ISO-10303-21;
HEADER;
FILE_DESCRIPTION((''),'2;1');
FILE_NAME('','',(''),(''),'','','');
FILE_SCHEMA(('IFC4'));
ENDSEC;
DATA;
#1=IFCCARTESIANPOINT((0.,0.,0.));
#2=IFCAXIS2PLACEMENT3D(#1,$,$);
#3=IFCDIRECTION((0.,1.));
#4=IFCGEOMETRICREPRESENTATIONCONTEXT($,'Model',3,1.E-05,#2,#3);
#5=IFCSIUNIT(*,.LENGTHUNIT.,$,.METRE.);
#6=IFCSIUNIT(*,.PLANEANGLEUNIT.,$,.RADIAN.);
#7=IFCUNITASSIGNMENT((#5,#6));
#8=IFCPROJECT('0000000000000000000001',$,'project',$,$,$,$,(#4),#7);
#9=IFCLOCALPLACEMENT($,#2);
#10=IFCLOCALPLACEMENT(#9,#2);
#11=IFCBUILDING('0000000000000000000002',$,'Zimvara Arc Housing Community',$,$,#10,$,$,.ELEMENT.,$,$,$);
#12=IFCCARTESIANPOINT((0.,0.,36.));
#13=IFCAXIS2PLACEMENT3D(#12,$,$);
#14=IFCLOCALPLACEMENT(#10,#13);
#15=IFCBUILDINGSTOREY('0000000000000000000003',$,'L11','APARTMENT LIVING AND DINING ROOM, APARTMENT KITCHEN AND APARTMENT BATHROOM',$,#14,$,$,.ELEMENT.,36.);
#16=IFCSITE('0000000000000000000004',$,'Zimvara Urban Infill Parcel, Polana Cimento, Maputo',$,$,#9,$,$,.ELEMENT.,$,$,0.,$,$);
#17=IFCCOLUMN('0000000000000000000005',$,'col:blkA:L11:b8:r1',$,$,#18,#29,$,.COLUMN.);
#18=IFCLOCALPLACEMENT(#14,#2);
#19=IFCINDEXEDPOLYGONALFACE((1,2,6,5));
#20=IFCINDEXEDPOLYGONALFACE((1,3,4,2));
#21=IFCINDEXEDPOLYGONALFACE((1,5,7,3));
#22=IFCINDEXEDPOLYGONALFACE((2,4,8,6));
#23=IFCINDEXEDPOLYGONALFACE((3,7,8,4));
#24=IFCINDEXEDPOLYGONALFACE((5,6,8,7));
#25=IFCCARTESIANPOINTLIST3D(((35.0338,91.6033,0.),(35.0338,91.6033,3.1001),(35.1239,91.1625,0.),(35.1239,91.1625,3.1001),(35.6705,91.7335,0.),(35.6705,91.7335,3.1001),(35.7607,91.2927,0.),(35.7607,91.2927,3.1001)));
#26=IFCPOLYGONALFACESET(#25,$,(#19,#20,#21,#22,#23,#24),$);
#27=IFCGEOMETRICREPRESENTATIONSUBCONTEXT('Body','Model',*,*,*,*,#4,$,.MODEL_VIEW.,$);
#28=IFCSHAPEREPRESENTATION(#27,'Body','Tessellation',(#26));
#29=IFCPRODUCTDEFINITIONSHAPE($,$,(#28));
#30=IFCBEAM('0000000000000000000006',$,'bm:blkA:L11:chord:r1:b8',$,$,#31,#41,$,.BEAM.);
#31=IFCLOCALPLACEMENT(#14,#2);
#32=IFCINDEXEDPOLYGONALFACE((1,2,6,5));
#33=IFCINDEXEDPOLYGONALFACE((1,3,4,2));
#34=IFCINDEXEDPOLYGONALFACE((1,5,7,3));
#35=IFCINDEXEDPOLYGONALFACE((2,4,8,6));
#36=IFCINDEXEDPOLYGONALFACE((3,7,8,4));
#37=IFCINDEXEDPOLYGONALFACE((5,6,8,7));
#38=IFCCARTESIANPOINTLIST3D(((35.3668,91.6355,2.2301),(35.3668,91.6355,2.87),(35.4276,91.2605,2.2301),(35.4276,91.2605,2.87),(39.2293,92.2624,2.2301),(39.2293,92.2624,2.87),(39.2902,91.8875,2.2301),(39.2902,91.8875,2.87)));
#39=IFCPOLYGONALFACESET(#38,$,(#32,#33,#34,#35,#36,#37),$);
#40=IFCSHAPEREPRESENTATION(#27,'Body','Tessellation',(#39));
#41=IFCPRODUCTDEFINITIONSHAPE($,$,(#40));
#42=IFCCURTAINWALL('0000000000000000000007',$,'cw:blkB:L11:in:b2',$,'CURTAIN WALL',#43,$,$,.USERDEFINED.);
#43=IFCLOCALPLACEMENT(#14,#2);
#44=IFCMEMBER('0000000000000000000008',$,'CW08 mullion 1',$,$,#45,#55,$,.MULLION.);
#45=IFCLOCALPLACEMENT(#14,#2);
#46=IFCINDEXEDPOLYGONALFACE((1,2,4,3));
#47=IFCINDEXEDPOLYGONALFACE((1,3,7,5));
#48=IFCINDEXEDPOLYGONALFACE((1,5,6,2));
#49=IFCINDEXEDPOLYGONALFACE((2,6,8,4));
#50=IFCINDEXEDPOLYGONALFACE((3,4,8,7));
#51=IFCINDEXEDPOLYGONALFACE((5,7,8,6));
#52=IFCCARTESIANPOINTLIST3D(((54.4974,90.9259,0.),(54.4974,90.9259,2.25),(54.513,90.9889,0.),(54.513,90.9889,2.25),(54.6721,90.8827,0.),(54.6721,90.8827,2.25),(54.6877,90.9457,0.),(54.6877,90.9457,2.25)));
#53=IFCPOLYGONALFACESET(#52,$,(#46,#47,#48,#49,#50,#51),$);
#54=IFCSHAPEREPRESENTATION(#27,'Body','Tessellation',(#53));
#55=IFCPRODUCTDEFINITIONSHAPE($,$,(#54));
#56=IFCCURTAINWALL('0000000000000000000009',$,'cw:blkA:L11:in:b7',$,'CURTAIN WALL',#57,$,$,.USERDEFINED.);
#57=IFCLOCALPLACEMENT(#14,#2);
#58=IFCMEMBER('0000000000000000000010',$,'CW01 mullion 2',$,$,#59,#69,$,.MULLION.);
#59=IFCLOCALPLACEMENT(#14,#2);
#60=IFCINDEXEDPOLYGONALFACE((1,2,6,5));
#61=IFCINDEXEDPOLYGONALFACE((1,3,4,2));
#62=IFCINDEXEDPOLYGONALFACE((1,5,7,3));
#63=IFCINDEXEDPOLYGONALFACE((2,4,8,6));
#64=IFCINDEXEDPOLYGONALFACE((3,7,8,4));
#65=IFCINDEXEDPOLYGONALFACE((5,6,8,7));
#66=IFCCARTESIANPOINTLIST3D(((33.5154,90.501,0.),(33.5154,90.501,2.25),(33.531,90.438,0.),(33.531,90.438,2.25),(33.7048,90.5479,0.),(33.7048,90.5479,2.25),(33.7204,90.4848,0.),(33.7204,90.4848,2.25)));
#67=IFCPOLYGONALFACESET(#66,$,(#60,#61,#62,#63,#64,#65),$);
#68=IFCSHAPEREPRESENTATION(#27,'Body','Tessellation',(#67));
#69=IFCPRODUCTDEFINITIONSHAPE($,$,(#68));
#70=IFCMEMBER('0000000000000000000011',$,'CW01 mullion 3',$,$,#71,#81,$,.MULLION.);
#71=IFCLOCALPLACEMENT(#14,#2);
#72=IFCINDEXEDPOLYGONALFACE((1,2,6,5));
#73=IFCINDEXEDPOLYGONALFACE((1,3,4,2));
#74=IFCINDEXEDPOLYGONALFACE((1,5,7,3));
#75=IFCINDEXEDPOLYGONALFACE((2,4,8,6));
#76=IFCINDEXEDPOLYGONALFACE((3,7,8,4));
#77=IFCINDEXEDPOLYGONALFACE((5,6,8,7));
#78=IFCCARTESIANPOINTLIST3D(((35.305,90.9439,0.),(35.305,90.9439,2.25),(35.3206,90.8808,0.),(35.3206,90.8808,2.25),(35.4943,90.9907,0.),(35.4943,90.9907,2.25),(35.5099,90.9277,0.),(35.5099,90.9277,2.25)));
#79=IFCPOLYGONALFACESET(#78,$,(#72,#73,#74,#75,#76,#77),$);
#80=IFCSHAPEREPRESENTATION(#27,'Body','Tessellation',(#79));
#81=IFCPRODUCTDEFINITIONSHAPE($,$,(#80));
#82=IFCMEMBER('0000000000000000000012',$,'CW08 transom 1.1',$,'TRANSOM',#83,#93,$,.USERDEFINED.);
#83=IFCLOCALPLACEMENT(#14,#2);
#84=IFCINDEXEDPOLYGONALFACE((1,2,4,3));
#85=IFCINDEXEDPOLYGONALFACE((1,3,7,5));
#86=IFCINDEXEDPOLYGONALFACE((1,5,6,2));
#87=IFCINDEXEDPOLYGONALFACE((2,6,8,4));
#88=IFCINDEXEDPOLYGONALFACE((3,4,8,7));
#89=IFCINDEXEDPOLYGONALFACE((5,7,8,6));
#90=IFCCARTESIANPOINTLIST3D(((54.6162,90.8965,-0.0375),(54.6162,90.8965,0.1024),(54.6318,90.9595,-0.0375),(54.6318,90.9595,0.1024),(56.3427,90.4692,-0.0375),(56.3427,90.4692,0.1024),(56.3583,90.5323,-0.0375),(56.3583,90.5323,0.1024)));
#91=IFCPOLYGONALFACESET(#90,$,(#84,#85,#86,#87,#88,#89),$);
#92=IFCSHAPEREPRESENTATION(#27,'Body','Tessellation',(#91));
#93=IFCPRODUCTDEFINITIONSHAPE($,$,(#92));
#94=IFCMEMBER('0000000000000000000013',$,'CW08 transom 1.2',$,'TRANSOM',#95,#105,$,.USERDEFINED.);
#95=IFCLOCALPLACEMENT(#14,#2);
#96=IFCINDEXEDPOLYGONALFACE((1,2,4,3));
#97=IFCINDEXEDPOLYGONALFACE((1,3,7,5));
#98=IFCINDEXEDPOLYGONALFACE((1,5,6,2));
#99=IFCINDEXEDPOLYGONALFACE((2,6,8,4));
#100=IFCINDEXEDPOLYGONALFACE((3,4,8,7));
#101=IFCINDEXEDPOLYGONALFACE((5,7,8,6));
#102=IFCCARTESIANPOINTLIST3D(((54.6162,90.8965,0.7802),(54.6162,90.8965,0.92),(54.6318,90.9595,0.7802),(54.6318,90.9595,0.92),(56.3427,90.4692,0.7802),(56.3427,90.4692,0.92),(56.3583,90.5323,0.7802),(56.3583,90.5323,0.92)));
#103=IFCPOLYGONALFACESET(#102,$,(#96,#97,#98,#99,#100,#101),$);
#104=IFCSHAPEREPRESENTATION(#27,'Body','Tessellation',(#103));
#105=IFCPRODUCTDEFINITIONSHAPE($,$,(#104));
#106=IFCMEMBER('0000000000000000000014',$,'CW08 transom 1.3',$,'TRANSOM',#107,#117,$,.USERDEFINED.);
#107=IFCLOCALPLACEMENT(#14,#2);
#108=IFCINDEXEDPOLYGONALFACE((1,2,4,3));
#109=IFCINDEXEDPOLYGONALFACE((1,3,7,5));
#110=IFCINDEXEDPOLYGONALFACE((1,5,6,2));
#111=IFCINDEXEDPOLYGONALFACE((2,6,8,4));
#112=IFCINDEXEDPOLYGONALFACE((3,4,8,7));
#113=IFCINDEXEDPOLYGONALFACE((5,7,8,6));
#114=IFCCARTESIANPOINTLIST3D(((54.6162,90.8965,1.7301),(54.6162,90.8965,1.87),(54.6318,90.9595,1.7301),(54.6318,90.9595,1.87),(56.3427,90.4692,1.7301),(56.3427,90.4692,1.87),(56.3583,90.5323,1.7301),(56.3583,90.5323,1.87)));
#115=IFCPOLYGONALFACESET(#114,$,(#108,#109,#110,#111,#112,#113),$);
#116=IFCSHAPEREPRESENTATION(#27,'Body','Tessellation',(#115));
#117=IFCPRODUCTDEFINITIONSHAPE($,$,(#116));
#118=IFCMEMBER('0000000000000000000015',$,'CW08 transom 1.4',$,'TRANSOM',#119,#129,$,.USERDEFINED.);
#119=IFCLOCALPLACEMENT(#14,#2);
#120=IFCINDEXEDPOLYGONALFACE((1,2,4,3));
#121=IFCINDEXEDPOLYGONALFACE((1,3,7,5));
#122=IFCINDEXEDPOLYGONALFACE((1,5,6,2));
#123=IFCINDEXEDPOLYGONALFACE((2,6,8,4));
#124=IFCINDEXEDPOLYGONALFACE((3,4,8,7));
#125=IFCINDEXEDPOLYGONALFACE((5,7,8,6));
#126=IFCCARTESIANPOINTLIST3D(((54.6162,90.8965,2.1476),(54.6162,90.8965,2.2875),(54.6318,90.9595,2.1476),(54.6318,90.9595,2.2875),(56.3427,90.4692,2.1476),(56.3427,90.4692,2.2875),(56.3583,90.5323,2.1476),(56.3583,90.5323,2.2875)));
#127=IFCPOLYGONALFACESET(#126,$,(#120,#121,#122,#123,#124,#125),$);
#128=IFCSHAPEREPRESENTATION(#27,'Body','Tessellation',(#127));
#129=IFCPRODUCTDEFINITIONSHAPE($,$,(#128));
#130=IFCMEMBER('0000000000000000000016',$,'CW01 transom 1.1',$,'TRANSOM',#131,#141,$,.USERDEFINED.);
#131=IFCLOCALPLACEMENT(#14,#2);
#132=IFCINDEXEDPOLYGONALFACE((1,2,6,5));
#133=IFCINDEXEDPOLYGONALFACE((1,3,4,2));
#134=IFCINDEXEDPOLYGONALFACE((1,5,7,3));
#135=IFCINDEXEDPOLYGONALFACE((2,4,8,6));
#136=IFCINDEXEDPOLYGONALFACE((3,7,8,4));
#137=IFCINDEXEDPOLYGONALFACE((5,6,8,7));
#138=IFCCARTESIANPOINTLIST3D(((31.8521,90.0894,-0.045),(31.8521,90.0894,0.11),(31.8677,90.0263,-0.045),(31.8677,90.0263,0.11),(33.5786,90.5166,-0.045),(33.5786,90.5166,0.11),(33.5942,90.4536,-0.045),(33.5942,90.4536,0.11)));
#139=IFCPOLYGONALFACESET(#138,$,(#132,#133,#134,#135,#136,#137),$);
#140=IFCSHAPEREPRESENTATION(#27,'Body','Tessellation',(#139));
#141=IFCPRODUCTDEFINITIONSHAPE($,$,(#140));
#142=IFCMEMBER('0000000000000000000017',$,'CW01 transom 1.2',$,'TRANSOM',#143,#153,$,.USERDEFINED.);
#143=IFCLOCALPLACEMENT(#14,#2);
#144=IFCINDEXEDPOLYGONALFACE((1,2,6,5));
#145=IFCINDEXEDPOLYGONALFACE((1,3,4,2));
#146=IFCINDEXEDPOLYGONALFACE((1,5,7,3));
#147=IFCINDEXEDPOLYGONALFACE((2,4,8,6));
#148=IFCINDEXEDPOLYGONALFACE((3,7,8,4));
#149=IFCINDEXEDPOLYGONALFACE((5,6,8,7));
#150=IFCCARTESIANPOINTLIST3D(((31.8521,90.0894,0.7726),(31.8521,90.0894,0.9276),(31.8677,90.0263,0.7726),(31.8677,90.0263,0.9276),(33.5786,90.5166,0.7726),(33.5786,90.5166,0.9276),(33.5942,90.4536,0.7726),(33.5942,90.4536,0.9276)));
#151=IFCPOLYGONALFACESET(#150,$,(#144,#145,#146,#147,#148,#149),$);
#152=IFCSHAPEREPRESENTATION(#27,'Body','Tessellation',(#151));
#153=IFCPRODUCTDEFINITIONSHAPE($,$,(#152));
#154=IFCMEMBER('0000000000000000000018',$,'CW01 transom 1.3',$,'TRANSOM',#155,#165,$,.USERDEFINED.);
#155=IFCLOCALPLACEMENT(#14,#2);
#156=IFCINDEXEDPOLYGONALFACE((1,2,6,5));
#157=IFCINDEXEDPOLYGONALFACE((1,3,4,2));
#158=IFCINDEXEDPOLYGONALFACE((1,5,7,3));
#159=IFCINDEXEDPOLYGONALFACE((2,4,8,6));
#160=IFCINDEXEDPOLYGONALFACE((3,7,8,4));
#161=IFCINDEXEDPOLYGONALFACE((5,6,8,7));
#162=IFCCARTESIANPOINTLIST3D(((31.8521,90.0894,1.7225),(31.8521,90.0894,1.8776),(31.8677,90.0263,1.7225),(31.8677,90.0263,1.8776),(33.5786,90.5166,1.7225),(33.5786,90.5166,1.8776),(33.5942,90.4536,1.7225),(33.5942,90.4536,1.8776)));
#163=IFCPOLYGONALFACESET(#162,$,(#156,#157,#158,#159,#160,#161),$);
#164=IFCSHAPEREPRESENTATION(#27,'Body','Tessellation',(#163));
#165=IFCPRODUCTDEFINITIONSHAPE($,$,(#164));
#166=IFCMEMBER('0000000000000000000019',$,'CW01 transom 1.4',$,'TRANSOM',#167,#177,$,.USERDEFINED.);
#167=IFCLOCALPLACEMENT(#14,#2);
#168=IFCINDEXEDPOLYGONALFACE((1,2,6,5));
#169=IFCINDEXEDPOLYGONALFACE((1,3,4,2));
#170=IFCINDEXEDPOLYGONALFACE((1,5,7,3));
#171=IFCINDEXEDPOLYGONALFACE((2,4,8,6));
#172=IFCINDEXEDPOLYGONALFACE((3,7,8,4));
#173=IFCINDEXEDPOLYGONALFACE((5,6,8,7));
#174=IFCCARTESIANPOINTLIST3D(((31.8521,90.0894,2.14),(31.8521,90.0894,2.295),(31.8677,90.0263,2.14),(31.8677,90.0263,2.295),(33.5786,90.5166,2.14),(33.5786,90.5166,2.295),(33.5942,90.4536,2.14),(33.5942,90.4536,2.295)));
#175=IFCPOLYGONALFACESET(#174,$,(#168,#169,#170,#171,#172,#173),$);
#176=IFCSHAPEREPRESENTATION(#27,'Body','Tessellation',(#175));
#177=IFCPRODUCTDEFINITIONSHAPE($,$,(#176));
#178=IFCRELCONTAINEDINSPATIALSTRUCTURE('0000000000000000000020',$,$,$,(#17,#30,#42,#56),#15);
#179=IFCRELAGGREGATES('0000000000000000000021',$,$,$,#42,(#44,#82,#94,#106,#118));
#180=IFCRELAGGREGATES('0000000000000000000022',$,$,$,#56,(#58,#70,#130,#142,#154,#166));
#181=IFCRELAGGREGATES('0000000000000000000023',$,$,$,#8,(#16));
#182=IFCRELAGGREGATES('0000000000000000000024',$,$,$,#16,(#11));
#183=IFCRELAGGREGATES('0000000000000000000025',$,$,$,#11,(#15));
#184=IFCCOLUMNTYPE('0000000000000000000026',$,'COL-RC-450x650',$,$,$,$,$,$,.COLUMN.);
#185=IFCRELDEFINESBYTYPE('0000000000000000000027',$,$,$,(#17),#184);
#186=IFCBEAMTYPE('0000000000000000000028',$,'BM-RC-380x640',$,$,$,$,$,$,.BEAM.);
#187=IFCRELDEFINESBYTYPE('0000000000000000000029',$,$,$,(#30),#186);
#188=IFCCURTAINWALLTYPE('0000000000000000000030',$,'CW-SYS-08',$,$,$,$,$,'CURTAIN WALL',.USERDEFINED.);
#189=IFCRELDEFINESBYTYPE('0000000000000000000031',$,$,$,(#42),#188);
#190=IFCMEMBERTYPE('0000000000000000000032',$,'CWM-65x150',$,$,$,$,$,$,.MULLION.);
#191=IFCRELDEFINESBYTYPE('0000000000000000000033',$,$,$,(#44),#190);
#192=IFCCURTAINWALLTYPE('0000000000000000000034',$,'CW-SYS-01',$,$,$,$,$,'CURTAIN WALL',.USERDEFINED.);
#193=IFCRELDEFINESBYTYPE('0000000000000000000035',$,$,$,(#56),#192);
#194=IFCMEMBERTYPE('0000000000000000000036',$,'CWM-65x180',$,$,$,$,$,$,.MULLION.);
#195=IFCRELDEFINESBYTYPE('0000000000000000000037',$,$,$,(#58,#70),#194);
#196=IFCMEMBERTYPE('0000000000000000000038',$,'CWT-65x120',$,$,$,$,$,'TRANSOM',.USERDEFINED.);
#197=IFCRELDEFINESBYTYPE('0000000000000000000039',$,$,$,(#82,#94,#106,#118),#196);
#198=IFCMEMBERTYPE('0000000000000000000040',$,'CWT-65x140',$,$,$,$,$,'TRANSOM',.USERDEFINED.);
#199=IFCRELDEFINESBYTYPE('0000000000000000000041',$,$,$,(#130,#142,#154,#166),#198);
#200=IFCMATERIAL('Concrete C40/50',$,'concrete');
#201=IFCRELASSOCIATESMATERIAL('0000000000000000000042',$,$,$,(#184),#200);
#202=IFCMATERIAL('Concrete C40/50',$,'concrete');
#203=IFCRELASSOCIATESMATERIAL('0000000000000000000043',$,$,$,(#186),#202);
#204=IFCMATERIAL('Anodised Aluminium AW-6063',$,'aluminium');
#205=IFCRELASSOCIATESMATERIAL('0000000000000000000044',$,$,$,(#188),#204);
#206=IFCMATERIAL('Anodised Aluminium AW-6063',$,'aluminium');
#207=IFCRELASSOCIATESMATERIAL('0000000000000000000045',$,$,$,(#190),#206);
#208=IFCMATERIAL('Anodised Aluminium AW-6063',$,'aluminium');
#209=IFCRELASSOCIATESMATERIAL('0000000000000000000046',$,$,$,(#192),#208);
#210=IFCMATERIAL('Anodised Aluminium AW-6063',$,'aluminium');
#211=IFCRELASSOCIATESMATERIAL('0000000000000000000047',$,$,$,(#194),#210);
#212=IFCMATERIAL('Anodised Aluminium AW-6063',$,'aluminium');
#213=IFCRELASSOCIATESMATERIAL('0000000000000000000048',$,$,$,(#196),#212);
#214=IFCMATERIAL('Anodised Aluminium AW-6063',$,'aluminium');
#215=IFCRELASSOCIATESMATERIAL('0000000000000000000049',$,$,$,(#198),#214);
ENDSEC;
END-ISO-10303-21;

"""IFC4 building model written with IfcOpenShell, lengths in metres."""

from ifc_helpers import new_model, si_unit, direction, frame, origin, origin_2d, place, context, subcontext, project, spatial, rectangle, extrude, material, material_profile, profile_set, type_object, element, aggregate, save


model = new_model("IFC4")

# Units and contexts
model_context = context("Model", 3, precision=1e-05, world=origin(), true_north=direction((0.0, 1.0)))
body_context = subcontext(model_context, "Body", "Model", "MODEL_VIEW")
ifc_project = project(units=[si_unit("LENGTHUNIT", "METRE"), si_unit("PLANEANGLEUNIT", "RADIAN")], contexts=[model_context])

# Site, building, storey
site_placement = place(None, origin())
site = spatial("IfcSite", under=ifc_project, at=site_placement, Name="Zimvara Urban Infill Parcel, Polana Cimento, Maputo", CompositionType="ELEMENT", RefElevation=0.0)
building_placement = place(site_placement, origin())
building = spatial("IfcBuilding", under=site, at=building_placement, Name="Zimvara Arc Housing Community", CompositionType="ELEMENT")
storey_placement = place(building_placement, frame((0.0, 0.0, 36.0)))
storey = spatial("IfcBuildingStorey", under=building, at=storey_placement, Name="L11", Description="APARTMENT LIVING AND DINING ROOM, APARTMENT KITCHEN AND APARTMENT BATHROOM", CompositionType="ELEMENT", Elevation=36.0)

# Column
ifc_material_1 = material(Name="Concrete C40/50", Category="concrete")
ifc_material_profile_1 = material_profile(ifc_material_1, rectangle(XDim=0.45, YDim=0.6499, at=origin_2d()), Name="RC 450x650")
ifc_profile_set_1 = profile_set([ifc_material_profile_1], Name="Concrete C40/50")
column_type = type_object("IfcColumnType", Name="COL-RC-450x650", PredefinedType="COLUMN", material=ifc_profile_set_1)
column_placement = place(storey_placement, frame((35.3972, 91.448, 0.0), z_axis=(0.0, 0.0, 1.0), x_axis=(-0.200394, 0.979715, 0.0)))
element("IfcColumn", 1, at=column_placement, inside=storey, type_object=column_type, Name="col:blkA:L11:b8:r1", PredefinedType="COLUMN", context=body_context, shape_type="SweptSolid", body=[
    extrude(rectangle(XDim=0.45, YDim=0.6499, at=origin_2d()), origin(), (0.0, 0.0, 1.0), 3.1001),
])

# Beam
ifc_material_2 = material(Name="Concrete C40/50", Category="concrete")
ifc_material_profile_2 = material_profile(ifc_material_2, rectangle(XDim=0.3799, YDim=0.6399, at=origin_2d()), Name="RC 380x640")
ifc_profile_set_2 = profile_set([ifc_material_profile_2], Name="Concrete C40/50")
beam_type = type_object("IfcBeamType", Name="BM-RC-380x640", PredefinedType="BEAM", material=ifc_profile_set_2)
beam_placement = place(storey_placement, frame((35.3972, 91.448, 2.55), z_axis=(0.987081, 0.160219, 0.0), x_axis=(-0.160219, 0.987081, 0.0)))
element("IfcBeam", 2, at=beam_placement, inside=storey, type_object=beam_type, Name="bm:blkA:L11:chord:r1:b8", PredefinedType="BEAM", context=body_context, shape_type="SweptSolid", body=[
    extrude(rectangle(XDim=0.3799, YDim=0.6399, at=origin_2d()), origin(), (0.0, 0.0, 1.0), 3.9131),
])

# Curtain wall, member
ifc_material_3 = material(Name="Anodised Aluminium AW-6063", Category="aluminium")
curtain_wall_type_1 = type_object("IfcCurtainWallType", Name="CW-SYS-08", ElementType="CURTAIN WALL", PredefinedType="USERDEFINED", material=ifc_material_3)
curtain_wall_1_placement = place(storey_placement, origin())
curtain_wall_1 = element("IfcCurtainWall", 3, at=curtain_wall_1_placement, inside=storey, type_object=curtain_wall_type_1, Name="cw:blkB:L11:in:b2", ObjectType="CURTAIN WALL", PredefinedType="USERDEFINED")
ifc_material_4 = material(Name="Anodised Aluminium AW-6063", Category="aluminium")
ifc_material_profile_3 = material_profile(ifc_material_4, rectangle(XDim=0.0649, YDim=0.1799, at=origin_2d()), Name="ALU 65x180")
ifc_profile_set_3 = profile_set([ifc_material_profile_3], Name="Anodised Aluminium AW-6063")
member_type_1 = type_object("IfcMemberType", Name="CWM-65x150", PredefinedType="MULLION", material=ifc_profile_set_3)
member_1_placement = place(storey_placement, frame((54.5925, 90.9358, 0.0), z_axis=(0.0, 0.0, 1.0), x_axis=(0.240229, 0.970716, 0.0)))
member_1 = element("IfcMember", 4, at=member_1_placement, type_object=member_type_1, Name="CW08 mullion 1", PredefinedType="MULLION", context=body_context, shape_type="SweptSolid", body=[
    extrude(rectangle(XDim=0.0649, YDim=0.1799, at=origin_2d()), origin(), (0.0, 0.0, 1.0), 2.25),
])

# Curtain wall, members
ifc_material_5 = material(Name="Anodised Aluminium AW-6063", Category="aluminium")
curtain_wall_type_2 = type_object("IfcCurtainWallType", Name="CW-SYS-01", ElementType="CURTAIN WALL", PredefinedType="USERDEFINED", material=ifc_material_5)
curtain_wall_2_placement = place(storey_placement, origin())
curtain_wall_2 = element("IfcCurtainWall", 5, at=curtain_wall_2_placement, inside=storey, type_object=curtain_wall_type_2, Name="cw:blkA:L11:in:b7", ObjectType="CURTAIN WALL", PredefinedType="USERDEFINED")
ifc_material_6 = material(Name="Anodised Aluminium AW-6063", Category="aluminium")
ifc_material_profile_4 = material_profile(ifc_material_6, rectangle(XDim=0.0649, YDim=0.1951, at=origin_2d()), Name="ALU 65x195")
ifc_profile_set_4 = profile_set([ifc_material_profile_4], Name="Anodised Aluminium AW-6063")
member_type_2 = type_object("IfcMemberType", Name="CWM-65x180", PredefinedType="MULLION", material=ifc_profile_set_4)
member_2_placement = place(storey_placement, frame((33.6179, 90.4929, 0.0), z_axis=(0.0, 0.0, 1.0), x_axis=(-0.240229, 0.970716, 0.0)))
member_2 = element("IfcMember", 6, at=member_2_placement, type_object=member_type_2, Name="CW01 mullion 2", PredefinedType="MULLION", context=body_context, shape_type="SweptSolid", body=[
    extrude(rectangle(XDim=0.0649, YDim=0.1951, at=origin_2d()), origin(), (0.0, 0.0, 1.0), 2.25),
])
member_3_placement = place(storey_placement, frame((35.4075, 90.9358, 0.0), z_axis=(0.0, 0.0, 1.0), x_axis=(-0.240229, 0.970716, 0.0)))
member_3 = element("IfcMember", 7, at=member_3_placement, type_object=member_type_2, Name="CW01 mullion 3", PredefinedType="MULLION", context=body_context, shape_type="SweptSolid", body=[
    extrude(rectangle(XDim=0.0649, YDim=0.1951, at=origin_2d()), origin(), (0.0, 0.0, 1.0), 2.25),
])

# Members
ifc_material_7 = material(Name="Anodised Aluminium AW-6063", Category="aluminium")
ifc_material_profile_5 = material_profile(ifc_material_7, rectangle(XDim=0.0649, YDim=0.1399, at=origin_2d()), Name="ALU 65x140")
ifc_profile_set_5 = profile_set([ifc_material_profile_5], Name="Anodised Aluminium AW-6063")
member_type_3 = type_object("IfcMemberType", Name="CWT-65x120", ElementType="TRANSOM", PredefinedType="USERDEFINED", material=ifc_profile_set_5)
member_4_placement = place(storey_placement, frame((54.624, 90.928, 0.0325), z_axis=(0.970721, -0.24021, 0.0), x_axis=(0.24021, 0.970721, 0.0)))
member_4 = element("IfcMember", 8, at=member_4_placement, type_object=member_type_3, Name="CW08 transom 1.1", ObjectType="TRANSOM", PredefinedType="USERDEFINED", context=body_context, shape_type="SweptSolid", body=[
    extrude(rectangle(XDim=0.0649, YDim=0.1399, at=origin_2d()), origin(), (0.0, 0.0, 1.0), 1.7786),
])
member_5_placement = place(storey_placement, frame((54.624, 90.928, 0.8501), z_axis=(0.970721, -0.24021, 0.0), x_axis=(0.24021, 0.970721, 0.0)))
member_5 = element("IfcMember", 9, at=member_5_placement, type_object=member_type_3, Name="CW08 transom 1.2", ObjectType="TRANSOM", PredefinedType="USERDEFINED", context=body_context, shape_type="SweptSolid", body=[
    extrude(rectangle(XDim=0.0649, YDim=0.1399, at=origin_2d()), origin(), (0.0, 0.0, 1.0), 1.7786),
])
member_6_placement = place(storey_placement, frame((54.624, 90.928, 1.8), z_axis=(0.970721, -0.24021, 0.0), x_axis=(0.24021, 0.970721, 0.0)))
member_6 = element("IfcMember", 10, at=member_6_placement, type_object=member_type_3, Name="CW08 transom 1.3", ObjectType="TRANSOM", PredefinedType="USERDEFINED", context=body_context, shape_type="SweptSolid", body=[
    extrude(rectangle(XDim=0.0649, YDim=0.1399, at=origin_2d()), origin(), (0.0, 0.0, 1.0), 1.7786),
])
member_7_placement = place(storey_placement, frame((54.624, 90.928, 2.2175), z_axis=(0.970721, -0.24021, 0.0), x_axis=(0.24021, 0.970721, 0.0)))
member_7 = element("IfcMember", 11, at=member_7_placement, type_object=member_type_3, Name="CW08 transom 1.4", ObjectType="TRANSOM", PredefinedType="USERDEFINED", context=body_context, shape_type="SweptSolid", body=[
    extrude(rectangle(XDim=0.0649, YDim=0.1399, at=origin_2d()), origin(), (0.0, 0.0, 1.0), 1.7786),
])
ifc_material_8 = material(Name="Anodised Aluminium AW-6063", Category="aluminium")
ifc_material_profile_6 = material_profile(ifc_material_8, rectangle(XDim=0.0649, YDim=0.155, at=origin_2d()), Name="ALU 65x155")
ifc_profile_set_6 = profile_set([ifc_material_profile_6], Name="Anodised Aluminium AW-6063")
member_type_4 = type_object("IfcMemberType", Name="CWT-65x140", ElementType="TRANSOM", PredefinedType="USERDEFINED", material=ifc_profile_set_6)
member_8_placement = place(storey_placement, frame((31.8599, 90.0579, 0.0325), z_axis=(0.970721, 0.24021, 0.0), x_axis=(-0.24021, 0.970721, 0.0)))
member_8 = element("IfcMember", 12, at=member_8_placement, type_object=member_type_4, Name="CW01 transom 1.1", ObjectType="TRANSOM", PredefinedType="USERDEFINED", context=body_context, shape_type="SweptSolid", body=[
    extrude(rectangle(XDim=0.0649, YDim=0.155, at=origin_2d()), origin(), (0.0, 0.0, 1.0), 1.7786),
])
member_9_placement = place(storey_placement, frame((31.8599, 90.0579, 0.8501), z_axis=(0.970721, 0.24021, 0.0), x_axis=(-0.24021, 0.970721, 0.0)))
member_9 = element("IfcMember", 13, at=member_9_placement, type_object=member_type_4, Name="CW01 transom 1.2", ObjectType="TRANSOM", PredefinedType="USERDEFINED", context=body_context, shape_type="SweptSolid", body=[
    extrude(rectangle(XDim=0.0649, YDim=0.155, at=origin_2d()), origin(), (0.0, 0.0, 1.0), 1.7786),
])
member_10_placement = place(storey_placement, frame((31.8599, 90.0579, 1.8), z_axis=(0.970721, 0.24021, 0.0), x_axis=(-0.24021, 0.970721, 0.0)))
member_10 = element("IfcMember", 14, at=member_10_placement, type_object=member_type_4, Name="CW01 transom 1.3", ObjectType="TRANSOM", PredefinedType="USERDEFINED", context=body_context, shape_type="SweptSolid", body=[
    extrude(rectangle(XDim=0.0649, YDim=0.155, at=origin_2d()), origin(), (0.0, 0.0, 1.0), 1.7786),
])
member_11_placement = place(storey_placement, frame((31.8599, 90.0579, 2.2175), z_axis=(0.970721, 0.24021, 0.0), x_axis=(-0.24021, 0.970721, 0.0)))
member_11 = element("IfcMember", 15, at=member_11_placement, type_object=member_type_4, Name="CW01 transom 1.4", ObjectType="TRANSOM", PredefinedType="USERDEFINED", context=body_context, shape_type="SweptSolid", body=[
    extrude(rectangle(XDim=0.0649, YDim=0.155, at=origin_2d()), origin(), (0.0, 0.0, 1.0), 1.7786),
])

aggregate(curtain_wall_1, [member_1, member_4, member_5, member_6, member_7])
aggregate(curtain_wall_2, [member_2, member_3, member_8, member_9, member_10, member_11])

save(model, "model.ifc")
